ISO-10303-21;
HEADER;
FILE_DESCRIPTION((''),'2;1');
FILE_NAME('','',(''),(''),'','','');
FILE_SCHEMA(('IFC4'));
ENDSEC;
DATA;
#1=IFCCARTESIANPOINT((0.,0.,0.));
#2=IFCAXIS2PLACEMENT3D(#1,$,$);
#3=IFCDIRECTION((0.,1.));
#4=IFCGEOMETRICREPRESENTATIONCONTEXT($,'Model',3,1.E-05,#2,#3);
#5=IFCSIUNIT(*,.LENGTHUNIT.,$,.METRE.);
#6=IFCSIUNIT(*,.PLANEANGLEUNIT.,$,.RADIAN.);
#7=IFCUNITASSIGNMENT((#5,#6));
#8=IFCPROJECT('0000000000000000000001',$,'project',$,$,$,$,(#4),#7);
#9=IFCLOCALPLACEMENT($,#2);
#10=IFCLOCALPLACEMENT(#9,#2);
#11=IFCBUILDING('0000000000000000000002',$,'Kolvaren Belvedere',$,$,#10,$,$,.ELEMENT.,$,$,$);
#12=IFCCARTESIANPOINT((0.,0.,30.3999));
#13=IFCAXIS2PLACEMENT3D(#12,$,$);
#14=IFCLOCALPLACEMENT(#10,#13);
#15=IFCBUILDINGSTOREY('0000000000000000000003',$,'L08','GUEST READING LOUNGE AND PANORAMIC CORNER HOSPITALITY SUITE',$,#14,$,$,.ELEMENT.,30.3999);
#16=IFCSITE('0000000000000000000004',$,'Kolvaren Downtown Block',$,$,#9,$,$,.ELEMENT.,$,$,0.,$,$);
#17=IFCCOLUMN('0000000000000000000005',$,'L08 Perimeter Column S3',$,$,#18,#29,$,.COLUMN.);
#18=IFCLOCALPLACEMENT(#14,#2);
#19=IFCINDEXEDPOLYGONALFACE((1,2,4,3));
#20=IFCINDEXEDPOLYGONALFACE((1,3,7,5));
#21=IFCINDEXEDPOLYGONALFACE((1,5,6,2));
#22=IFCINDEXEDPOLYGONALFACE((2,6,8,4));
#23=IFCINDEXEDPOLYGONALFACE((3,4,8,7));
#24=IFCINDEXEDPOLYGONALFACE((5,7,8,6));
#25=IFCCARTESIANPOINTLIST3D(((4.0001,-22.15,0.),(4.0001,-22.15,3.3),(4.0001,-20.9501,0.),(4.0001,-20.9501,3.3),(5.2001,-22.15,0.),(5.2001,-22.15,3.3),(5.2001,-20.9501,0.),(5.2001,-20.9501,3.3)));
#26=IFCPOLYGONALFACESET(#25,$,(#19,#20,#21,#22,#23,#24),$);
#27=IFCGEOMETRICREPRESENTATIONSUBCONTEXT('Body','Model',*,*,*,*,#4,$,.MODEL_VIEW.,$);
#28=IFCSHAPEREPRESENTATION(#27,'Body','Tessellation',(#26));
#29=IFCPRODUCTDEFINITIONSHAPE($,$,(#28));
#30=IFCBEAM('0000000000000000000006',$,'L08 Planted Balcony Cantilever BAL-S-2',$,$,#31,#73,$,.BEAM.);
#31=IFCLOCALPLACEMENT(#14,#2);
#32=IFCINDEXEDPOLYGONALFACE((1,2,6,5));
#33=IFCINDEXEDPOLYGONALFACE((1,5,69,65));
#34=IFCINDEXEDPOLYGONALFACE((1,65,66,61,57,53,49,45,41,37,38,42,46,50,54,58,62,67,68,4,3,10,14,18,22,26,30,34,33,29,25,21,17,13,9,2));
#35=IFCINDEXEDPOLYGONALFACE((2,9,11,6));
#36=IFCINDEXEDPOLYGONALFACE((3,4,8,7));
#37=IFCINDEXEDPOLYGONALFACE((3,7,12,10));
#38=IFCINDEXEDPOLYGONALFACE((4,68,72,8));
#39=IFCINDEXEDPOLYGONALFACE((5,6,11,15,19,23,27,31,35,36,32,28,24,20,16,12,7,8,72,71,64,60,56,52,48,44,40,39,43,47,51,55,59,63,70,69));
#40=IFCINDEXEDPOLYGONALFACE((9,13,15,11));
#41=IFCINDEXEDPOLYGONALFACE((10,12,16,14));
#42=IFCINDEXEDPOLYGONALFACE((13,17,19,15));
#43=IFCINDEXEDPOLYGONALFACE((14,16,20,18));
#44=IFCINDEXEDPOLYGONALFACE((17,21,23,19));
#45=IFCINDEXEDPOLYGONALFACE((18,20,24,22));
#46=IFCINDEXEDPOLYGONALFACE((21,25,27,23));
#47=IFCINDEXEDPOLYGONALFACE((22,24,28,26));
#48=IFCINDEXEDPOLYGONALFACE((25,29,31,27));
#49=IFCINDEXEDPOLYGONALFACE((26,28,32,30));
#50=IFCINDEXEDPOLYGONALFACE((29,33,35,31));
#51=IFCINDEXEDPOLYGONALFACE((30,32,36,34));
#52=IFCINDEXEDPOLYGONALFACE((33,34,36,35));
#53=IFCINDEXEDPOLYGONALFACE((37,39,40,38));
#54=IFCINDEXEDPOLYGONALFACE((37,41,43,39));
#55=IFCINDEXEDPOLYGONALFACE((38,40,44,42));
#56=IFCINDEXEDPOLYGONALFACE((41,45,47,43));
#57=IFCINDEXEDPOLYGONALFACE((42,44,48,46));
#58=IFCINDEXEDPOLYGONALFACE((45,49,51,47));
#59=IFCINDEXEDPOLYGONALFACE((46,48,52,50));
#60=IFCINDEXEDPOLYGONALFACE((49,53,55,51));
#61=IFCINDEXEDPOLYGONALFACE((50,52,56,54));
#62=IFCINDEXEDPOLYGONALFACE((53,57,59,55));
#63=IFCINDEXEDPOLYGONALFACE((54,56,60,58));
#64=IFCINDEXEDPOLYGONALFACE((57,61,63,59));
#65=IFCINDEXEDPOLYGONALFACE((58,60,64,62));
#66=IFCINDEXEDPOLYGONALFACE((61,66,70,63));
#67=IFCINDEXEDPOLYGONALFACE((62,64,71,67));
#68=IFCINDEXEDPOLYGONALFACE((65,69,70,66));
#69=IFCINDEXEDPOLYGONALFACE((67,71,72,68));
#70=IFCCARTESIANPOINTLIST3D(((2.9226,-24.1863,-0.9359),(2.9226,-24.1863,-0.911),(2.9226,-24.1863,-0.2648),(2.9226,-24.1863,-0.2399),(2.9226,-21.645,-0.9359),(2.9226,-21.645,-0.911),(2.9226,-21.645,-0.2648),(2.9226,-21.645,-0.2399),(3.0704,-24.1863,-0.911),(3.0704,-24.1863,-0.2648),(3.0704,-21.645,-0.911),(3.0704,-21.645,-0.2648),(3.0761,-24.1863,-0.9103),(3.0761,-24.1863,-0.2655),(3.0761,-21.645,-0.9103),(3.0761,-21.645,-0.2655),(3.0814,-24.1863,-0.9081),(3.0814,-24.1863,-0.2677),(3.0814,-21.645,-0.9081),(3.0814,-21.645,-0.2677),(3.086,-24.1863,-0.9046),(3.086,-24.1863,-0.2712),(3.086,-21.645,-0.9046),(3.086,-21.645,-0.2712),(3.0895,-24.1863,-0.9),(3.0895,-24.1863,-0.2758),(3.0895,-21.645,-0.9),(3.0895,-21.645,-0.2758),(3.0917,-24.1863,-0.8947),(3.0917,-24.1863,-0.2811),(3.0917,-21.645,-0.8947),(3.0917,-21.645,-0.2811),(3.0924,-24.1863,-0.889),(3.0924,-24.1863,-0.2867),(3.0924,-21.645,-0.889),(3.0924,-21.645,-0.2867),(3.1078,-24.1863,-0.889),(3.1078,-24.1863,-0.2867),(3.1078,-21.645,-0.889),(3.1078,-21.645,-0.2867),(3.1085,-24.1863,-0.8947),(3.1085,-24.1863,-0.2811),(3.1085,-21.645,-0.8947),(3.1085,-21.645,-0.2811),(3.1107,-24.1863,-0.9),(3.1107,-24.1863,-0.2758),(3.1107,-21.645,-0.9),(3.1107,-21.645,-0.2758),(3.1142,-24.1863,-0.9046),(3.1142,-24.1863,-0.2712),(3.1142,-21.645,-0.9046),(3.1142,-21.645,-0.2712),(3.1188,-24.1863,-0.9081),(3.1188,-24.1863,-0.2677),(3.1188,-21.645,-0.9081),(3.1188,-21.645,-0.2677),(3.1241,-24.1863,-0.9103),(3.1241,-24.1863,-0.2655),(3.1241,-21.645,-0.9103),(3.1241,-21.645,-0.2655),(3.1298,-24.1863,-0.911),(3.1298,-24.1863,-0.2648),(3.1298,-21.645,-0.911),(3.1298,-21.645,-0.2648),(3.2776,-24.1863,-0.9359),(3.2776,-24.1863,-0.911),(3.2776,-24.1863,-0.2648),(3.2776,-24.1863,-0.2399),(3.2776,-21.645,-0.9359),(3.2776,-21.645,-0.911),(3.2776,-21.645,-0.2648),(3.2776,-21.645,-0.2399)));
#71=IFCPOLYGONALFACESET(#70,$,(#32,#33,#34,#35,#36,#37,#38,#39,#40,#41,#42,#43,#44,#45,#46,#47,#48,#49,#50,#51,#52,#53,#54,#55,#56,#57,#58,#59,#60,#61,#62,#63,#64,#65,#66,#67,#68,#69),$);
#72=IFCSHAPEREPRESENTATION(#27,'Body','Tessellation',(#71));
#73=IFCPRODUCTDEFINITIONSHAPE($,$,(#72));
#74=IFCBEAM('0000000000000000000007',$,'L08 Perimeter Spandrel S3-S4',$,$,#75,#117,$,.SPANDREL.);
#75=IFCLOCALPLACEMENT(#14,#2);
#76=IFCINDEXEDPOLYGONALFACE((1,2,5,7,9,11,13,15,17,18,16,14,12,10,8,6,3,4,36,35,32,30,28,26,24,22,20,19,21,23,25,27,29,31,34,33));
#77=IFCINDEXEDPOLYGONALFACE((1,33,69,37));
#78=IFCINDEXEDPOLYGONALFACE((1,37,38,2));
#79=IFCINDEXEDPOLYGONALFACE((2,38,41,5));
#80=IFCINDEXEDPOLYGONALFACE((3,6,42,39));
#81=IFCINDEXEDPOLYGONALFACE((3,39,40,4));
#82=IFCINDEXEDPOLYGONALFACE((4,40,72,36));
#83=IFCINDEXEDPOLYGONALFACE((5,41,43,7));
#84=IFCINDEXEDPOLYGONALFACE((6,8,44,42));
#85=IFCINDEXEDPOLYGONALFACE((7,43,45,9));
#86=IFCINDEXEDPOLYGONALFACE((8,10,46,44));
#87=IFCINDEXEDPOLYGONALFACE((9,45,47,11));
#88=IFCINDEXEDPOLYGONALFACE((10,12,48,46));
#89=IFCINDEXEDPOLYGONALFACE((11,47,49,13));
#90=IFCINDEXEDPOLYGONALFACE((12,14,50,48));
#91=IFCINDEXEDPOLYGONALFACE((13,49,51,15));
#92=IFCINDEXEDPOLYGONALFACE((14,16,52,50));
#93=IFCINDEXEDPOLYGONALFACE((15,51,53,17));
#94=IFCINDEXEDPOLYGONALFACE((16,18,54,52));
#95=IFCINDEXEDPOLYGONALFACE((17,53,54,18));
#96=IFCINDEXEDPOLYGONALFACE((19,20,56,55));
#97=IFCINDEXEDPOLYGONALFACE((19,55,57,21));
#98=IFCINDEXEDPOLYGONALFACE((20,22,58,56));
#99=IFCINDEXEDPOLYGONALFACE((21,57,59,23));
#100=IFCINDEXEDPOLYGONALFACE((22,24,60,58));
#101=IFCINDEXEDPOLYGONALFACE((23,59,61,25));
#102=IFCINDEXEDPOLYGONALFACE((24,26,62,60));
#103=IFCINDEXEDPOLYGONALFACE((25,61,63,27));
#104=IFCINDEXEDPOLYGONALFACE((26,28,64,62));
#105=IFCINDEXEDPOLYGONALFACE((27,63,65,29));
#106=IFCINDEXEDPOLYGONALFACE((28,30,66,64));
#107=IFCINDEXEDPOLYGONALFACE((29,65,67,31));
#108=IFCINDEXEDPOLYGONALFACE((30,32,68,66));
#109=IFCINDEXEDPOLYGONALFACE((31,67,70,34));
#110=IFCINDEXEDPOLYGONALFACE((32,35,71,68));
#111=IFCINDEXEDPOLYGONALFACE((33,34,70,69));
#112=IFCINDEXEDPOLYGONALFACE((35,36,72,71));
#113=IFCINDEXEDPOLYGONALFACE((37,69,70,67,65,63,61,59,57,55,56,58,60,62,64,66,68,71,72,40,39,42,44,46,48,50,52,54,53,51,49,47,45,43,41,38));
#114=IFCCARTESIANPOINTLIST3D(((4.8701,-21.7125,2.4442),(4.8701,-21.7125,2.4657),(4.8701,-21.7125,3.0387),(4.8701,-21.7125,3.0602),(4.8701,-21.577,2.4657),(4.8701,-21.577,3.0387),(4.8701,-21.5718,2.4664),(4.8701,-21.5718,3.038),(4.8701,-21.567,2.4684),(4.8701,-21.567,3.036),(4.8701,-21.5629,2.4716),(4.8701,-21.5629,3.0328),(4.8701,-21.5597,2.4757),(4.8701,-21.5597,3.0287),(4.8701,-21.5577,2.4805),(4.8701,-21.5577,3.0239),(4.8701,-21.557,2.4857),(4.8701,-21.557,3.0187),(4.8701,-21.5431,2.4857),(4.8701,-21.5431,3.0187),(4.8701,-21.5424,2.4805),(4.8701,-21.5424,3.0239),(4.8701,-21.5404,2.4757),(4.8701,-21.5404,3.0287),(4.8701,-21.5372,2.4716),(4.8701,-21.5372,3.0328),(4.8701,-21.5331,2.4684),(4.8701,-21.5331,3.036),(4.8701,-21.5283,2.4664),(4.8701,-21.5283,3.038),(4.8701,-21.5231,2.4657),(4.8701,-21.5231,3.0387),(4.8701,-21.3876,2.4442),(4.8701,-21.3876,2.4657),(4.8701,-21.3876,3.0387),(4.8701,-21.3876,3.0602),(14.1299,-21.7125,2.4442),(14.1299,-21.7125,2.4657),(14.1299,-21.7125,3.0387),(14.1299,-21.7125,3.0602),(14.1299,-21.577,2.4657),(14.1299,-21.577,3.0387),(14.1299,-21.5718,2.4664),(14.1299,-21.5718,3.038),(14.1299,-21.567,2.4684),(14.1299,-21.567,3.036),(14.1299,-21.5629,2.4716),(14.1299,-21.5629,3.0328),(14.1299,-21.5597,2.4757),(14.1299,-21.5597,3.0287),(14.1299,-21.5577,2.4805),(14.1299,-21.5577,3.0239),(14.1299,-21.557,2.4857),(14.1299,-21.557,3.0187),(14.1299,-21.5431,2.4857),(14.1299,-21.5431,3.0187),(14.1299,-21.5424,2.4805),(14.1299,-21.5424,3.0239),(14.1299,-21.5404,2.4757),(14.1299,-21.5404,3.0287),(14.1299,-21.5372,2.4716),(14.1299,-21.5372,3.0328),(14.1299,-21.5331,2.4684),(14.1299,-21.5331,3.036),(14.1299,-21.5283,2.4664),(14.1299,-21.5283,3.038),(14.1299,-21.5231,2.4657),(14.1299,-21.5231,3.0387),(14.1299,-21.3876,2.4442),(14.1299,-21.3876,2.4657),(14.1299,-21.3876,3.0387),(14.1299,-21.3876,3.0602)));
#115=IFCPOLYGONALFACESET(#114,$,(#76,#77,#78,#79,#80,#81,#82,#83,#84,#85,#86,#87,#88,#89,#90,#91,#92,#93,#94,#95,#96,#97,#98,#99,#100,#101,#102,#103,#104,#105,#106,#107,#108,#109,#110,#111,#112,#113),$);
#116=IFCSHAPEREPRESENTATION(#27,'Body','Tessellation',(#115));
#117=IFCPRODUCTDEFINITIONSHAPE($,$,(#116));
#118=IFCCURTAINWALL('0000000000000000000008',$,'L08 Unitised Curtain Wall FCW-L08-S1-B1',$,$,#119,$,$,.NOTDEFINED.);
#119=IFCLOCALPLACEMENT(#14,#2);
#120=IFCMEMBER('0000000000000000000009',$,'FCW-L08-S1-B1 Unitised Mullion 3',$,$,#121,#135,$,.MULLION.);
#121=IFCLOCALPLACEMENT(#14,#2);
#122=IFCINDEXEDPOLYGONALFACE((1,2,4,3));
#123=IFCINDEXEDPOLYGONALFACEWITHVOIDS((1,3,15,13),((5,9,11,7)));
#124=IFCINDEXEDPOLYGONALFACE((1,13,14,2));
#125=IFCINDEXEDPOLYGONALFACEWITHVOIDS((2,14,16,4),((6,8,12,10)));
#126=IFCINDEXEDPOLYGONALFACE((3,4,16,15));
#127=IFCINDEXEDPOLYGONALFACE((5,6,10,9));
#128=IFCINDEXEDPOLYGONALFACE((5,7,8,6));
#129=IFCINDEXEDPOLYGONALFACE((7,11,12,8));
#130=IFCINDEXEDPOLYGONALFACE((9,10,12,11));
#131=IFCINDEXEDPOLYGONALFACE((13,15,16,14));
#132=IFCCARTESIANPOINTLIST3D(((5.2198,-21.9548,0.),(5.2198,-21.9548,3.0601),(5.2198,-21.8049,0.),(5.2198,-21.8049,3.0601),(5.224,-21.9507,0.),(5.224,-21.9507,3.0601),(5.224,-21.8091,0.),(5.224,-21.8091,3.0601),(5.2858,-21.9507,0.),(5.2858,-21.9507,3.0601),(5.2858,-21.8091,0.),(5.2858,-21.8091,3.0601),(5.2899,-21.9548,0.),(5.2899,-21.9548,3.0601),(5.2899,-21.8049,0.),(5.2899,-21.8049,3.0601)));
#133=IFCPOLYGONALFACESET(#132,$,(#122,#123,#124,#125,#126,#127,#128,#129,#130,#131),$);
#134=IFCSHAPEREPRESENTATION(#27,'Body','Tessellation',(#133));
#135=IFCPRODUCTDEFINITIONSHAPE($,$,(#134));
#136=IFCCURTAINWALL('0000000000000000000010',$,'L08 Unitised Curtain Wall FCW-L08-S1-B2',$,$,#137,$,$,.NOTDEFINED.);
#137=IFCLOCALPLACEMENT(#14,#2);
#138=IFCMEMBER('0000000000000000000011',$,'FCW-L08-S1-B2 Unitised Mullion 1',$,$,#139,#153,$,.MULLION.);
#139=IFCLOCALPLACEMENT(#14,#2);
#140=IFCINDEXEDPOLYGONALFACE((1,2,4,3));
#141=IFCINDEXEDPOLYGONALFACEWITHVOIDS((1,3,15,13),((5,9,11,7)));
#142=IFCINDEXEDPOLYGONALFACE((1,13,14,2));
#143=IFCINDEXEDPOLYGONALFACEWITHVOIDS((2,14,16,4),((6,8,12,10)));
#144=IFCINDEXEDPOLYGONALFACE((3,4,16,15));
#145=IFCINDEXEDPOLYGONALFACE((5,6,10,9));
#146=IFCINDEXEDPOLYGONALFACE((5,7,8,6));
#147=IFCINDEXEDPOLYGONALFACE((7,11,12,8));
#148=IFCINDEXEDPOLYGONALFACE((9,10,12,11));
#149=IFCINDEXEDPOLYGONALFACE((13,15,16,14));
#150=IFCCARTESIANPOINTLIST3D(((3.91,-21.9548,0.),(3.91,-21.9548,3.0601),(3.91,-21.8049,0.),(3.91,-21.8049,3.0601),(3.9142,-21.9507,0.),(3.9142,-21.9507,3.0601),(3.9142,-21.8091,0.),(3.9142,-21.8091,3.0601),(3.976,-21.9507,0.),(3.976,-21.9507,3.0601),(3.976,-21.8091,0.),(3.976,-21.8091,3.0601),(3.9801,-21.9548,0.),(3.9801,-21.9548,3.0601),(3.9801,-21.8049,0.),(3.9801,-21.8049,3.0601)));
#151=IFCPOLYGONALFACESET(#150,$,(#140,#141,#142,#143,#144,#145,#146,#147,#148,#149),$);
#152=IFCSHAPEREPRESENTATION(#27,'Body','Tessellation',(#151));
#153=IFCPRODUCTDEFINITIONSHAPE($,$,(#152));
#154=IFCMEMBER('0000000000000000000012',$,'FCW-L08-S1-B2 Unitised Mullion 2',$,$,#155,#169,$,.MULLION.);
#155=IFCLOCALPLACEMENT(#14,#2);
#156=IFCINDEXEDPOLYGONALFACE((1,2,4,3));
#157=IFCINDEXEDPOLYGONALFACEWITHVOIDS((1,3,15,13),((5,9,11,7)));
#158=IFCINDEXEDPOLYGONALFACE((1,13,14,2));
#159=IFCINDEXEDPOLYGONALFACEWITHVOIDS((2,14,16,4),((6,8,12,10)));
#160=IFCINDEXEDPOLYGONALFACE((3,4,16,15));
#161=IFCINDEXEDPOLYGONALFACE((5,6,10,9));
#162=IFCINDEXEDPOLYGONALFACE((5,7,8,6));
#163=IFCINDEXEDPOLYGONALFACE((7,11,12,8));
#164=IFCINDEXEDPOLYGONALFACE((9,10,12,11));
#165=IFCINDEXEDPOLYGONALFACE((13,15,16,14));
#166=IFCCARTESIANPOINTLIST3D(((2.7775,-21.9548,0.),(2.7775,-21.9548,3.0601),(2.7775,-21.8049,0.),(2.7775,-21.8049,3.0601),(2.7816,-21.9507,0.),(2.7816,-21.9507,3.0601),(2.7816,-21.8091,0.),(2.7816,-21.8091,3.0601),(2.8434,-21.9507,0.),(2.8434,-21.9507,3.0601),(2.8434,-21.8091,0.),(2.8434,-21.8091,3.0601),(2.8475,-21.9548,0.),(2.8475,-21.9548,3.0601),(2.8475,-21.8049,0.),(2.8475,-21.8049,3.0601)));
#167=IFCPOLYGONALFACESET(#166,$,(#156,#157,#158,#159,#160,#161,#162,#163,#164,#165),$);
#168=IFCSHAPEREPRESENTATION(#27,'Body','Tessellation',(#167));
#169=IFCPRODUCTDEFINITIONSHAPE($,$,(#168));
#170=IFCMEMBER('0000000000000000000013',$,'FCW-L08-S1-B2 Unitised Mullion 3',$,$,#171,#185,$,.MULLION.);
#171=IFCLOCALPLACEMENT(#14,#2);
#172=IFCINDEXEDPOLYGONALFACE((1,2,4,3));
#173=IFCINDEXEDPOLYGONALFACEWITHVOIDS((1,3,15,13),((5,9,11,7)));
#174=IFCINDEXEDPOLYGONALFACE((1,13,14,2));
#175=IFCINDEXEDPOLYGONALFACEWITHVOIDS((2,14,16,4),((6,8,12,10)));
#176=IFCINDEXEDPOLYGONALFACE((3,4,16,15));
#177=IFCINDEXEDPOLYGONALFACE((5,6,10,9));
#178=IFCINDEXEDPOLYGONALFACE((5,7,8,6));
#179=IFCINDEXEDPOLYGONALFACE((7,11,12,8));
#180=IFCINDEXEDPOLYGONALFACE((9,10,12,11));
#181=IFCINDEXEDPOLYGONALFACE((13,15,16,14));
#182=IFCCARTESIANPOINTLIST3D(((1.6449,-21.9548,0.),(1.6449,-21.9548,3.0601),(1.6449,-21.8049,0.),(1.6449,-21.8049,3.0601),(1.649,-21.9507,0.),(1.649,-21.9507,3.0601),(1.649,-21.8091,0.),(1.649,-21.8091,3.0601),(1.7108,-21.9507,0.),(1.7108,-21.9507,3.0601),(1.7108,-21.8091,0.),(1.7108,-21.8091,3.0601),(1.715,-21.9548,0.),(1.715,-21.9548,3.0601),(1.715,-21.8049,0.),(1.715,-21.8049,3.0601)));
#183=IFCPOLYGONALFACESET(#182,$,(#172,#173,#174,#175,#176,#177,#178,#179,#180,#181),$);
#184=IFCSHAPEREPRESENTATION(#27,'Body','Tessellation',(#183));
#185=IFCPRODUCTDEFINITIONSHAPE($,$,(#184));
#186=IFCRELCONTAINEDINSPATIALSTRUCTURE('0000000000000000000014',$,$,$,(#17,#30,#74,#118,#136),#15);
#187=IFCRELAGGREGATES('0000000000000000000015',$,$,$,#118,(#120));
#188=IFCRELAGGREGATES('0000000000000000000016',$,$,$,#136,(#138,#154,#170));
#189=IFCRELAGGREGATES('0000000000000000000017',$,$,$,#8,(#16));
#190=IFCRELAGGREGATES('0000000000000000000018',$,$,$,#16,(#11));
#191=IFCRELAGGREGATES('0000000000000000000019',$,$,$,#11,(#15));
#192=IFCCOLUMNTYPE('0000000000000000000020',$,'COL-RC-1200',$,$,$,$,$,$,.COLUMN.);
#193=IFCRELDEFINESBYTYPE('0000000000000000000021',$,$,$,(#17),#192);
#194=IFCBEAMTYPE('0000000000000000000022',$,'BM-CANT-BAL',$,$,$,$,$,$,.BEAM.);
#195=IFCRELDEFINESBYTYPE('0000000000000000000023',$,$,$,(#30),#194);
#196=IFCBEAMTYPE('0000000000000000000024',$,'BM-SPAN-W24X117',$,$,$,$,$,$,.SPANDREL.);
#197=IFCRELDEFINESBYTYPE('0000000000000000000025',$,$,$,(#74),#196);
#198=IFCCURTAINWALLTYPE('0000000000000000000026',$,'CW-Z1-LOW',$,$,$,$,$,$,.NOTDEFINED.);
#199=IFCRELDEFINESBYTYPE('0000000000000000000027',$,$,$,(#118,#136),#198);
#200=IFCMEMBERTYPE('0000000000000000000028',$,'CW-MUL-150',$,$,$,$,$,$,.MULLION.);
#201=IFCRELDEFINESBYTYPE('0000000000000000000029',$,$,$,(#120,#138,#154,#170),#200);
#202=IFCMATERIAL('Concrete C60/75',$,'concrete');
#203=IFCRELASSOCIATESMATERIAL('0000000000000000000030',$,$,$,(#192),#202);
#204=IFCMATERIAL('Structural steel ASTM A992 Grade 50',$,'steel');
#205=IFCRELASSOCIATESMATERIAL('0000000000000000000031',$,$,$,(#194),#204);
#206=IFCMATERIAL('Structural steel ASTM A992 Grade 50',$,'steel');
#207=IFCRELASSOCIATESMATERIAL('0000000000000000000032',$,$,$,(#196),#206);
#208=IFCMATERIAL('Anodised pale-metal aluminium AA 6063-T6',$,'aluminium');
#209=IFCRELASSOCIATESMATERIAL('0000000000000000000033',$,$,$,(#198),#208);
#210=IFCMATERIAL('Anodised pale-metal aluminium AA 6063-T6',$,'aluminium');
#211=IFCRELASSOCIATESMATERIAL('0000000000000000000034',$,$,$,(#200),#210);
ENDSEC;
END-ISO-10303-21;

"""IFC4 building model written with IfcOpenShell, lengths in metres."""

from ifc_helpers import new_model, si_unit, direction, frame, origin, origin_2d, place, context, subcontext, project, spatial, rectangle, hollow_rectangle, i_section, extrude, material, material_profile, profile_set, type_object, element, aggregate, save


model = new_model("IFC4")

# Units and contexts
model_context = context("Model", 3, precision=1e-05, world=origin(), true_north=direction((0.0, 1.0)))
body_context = subcontext(model_context, "Body", "Model", "MODEL_VIEW")
ifc_project = project(units=[si_unit("LENGTHUNIT", "METRE"), si_unit("PLANEANGLEUNIT", "RADIAN")], contexts=[model_context])

# Site, building, storey
site_placement = place(None, origin())
site = spatial("IfcSite", under=ifc_project, at=site_placement, Name="Kolvaren Downtown Block", CompositionType="ELEMENT", RefElevation=0.0)
building_placement = place(site_placement, origin())
building = spatial("IfcBuilding", under=site, at=building_placement, Name="Kolvaren Belvedere", CompositionType="ELEMENT")
storey_placement = place(building_placement, frame((0.0, 0.0, 30.3999)))
storey = spatial("IfcBuildingStorey", under=building, at=storey_placement, Name="L08", Description="GUEST READING LOUNGE AND PANORAMIC CORNER HOSPITALITY SUITE", CompositionType="ELEMENT", Elevation=30.3999)

# Column
ifc_material_1 = material(Name="Concrete C60/75", Category="concrete")
ifc_material_profile_1 = material_profile(ifc_material_1, rectangle(XDim=1.2, YDim=1.2, at=origin_2d()), Name="RC 1200X1200")
ifc_profile_set_1 = profile_set([ifc_material_profile_1], Name="Concrete C60/75")
column_type = type_object("IfcColumnType", Name="COL-RC-1200", PredefinedType="COLUMN", material=ifc_profile_set_1)
column_placement = place(storey_placement, frame((4.6001, -21.55, 0.0), z_axis=(0.0, 0.0, 1.0), x_axis=(1.0, 0.0, 0.0)))
element("IfcColumn", 1, at=column_placement, inside=storey, type_object=column_type, Name="L08 Perimeter Column S3", PredefinedType="COLUMN", context=body_context, shape_type="SweptSolid", body=[
    extrude(rectangle(XDim=1.2, YDim=1.2, at=origin_2d()), origin(), (0.0, 0.0, 1.0), 3.3),
])

# Beams
ifc_material_2 = material(Name="Structural steel ASTM A992 Grade 50", Category="steel")
ifc_material_profile_2 = material_profile(ifc_material_2, i_section(OverallWidth=0.355, OverallDepth=0.696, WebThickness=0.0154, FlangeThickness=0.0249, FilletRadius=0.022, at=origin_2d()), Name="W27X146")
ifc_profile_set_2 = profile_set([ifc_material_profile_2], Name="Structural steel ASTM A992 Grade 50")
beam_type_1 = type_object("IfcBeamType", Name="BM-CANT-BAL", PredefinedType="BEAM", material=ifc_profile_set_2)
beam_1_placement = place(storey_placement, frame((3.1001, -21.645, -0.5879), z_axis=(0.0, -1.0, 0.0), x_axis=(1.0, 0.0, 0.0)))
element("IfcBeam", 2, at=beam_1_placement, inside=storey, type_object=beam_type_1, Name="L08 Planted Balcony Cantilever BAL-S-2", PredefinedType="BEAM", context=body_context, shape_type="SweptSolid", body=[
    extrude(i_section(OverallWidth=0.355, OverallDepth=0.696, WebThickness=0.0154, FlangeThickness=0.0249, FilletRadius=0.022, at=origin_2d()), origin(), (0.0, 0.0, 1.0), 2.5413),
])
ifc_material_3 = material(Name="Structural steel ASTM A992 Grade 50", Category="steel")
ifc_material_profile_3 = material_profile(ifc_material_3, i_section(OverallWidth=0.325, OverallDepth=0.616, WebThickness=0.0139, FlangeThickness=0.0215, FilletRadius=0.02, at=origin_2d()), Name="W24X117")
ifc_profile_set_3 = profile_set([ifc_material_profile_3], Name="Structural steel ASTM A992 Grade 50")
beam_type_2 = type_object("IfcBeamType", Name="BM-SPAN-W24X117", PredefinedType="SPANDREL", material=ifc_profile_set_3)
beam_2_placement = place(storey_placement, frame((4.8701, -21.55, 2.7522), z_axis=(1.0, 0.0, 0.0), x_axis=(0.0, 1.0, 0.0)))
element("IfcBeam", 3, at=beam_2_placement, inside=storey, type_object=beam_type_2, Name="L08 Perimeter Spandrel S3-S4", PredefinedType="SPANDREL", context=body_context, shape_type="SweptSolid", body=[
    extrude(i_section(OverallWidth=0.325, OverallDepth=0.616, WebThickness=0.0139, FlangeThickness=0.0215, FilletRadius=0.02, at=origin_2d()), origin(), (0.0, 0.0, 1.0), 9.2598),
])

# Curtain wall, member
ifc_material_4 = material(Name="Anodised pale-metal aluminium AA 6063-T6", Category="aluminium")
curtain_wall_type = type_object("IfcCurtainWallType", Name="CW-Z1-LOW", PredefinedType="NOTDEFINED", material=ifc_material_4)
curtain_wall_1_placement = place(storey_placement, origin())
curtain_wall_1 = element("IfcCurtainWall", 4, at=curtain_wall_1_placement, inside=storey, type_object=curtain_wall_type, Name="L08 Unitised Curtain Wall FCW-L08-S1-B1", PredefinedType="NOTDEFINED")
ifc_material_5 = material(Name="Anodised pale-metal aluminium AA 6063-T6", Category="aluminium")
ifc_material_profile_4 = material_profile(ifc_material_5, hollow_rectangle(XDim=0.0701, YDim=0.1499, WallThickness=0.0042, at=origin_2d()), Name="ALU-MUL-150X70")
ifc_profile_set_4 = profile_set([ifc_material_profile_4], Name="Anodised pale-metal aluminium AA 6063-T6")
member_type_1 = type_object("IfcMemberType", Name="CW-MUL-150", PredefinedType="MULLION", material=ifc_profile_set_4)
member_1_placement = place(storey_placement, frame((5.2549, -21.8799, 0.0), z_axis=(0.0, 0.0, 1.0), x_axis=(1.0, 0.0, 0.0)))
member_1 = element("IfcMember", 5, at=member_1_placement, type_object=member_type_1, Name="FCW-L08-S1-B1 Unitised Mullion 3", PredefinedType="MULLION", context=body_context, shape_type="SweptSolid", body=[
    extrude(hollow_rectangle(XDim=0.0701, YDim=0.1499, WallThickness=0.0042, at=origin_2d()), origin(), (0.0, 0.0, 1.0), 3.0601),
])
aggregate(curtain_wall_1, [member_1])

# Curtain wall, members
curtain_wall_2_placement = place(storey_placement, origin())
curtain_wall_2 = element("IfcCurtainWall", 6, at=curtain_wall_2_placement, inside=storey, type_object=curtain_wall_type, Name="L08 Unitised Curtain Wall FCW-L08-S1-B2", PredefinedType="NOTDEFINED")
member_2_placement = place(storey_placement, frame((3.9451, -21.8799, 0.0), z_axis=(0.0, 0.0, 1.0), x_axis=(1.0, 0.0, 0.0)))
member_2 = element("IfcMember", 7, at=member_2_placement, type_object=member_type_1, Name="FCW-L08-S1-B2 Unitised Mullion 1", PredefinedType="MULLION", context=body_context, shape_type="SweptSolid", body=[
    extrude(hollow_rectangle(XDim=0.0701, YDim=0.1499, WallThickness=0.0042, at=origin_2d()), origin(), (0.0, 0.0, 1.0), 3.0601),
])
member_3_placement = place(storey_placement, frame((2.8125, -21.8799, 0.0), z_axis=(0.0, 0.0, 1.0), x_axis=(1.0, 0.0, 0.0)))
member_3 = element("IfcMember", 8, at=member_3_placement, type_object=member_type_1, Name="FCW-L08-S1-B2 Unitised Mullion 2", PredefinedType="MULLION", context=body_context, shape_type="SweptSolid", body=[
    extrude(hollow_rectangle(XDim=0.0701, YDim=0.1499, WallThickness=0.0042, at=origin_2d()), origin(), (0.0, 0.0, 1.0), 3.0601),
])
member_4_placement = place(storey_placement, frame((1.6799, -21.8799, 0.0), z_axis=(0.0, 0.0, 1.0), x_axis=(1.0, 0.0, 0.0)))
member_4 = element("IfcMember", 9, at=member_4_placement, type_object=member_type_1, Name="FCW-L08-S1-B2 Unitised Mullion 3", PredefinedType="MULLION", context=body_context, shape_type="SweptSolid", body=[
    extrude(hollow_rectangle(XDim=0.0701, YDim=0.1499, WallThickness=0.0042, at=origin_2d()), origin(), (0.0, 0.0, 1.0), 3.0601),
])
aggregate(curtain_wall_2, [member_2, member_3, member_4])

save(model, "model.ifc")
